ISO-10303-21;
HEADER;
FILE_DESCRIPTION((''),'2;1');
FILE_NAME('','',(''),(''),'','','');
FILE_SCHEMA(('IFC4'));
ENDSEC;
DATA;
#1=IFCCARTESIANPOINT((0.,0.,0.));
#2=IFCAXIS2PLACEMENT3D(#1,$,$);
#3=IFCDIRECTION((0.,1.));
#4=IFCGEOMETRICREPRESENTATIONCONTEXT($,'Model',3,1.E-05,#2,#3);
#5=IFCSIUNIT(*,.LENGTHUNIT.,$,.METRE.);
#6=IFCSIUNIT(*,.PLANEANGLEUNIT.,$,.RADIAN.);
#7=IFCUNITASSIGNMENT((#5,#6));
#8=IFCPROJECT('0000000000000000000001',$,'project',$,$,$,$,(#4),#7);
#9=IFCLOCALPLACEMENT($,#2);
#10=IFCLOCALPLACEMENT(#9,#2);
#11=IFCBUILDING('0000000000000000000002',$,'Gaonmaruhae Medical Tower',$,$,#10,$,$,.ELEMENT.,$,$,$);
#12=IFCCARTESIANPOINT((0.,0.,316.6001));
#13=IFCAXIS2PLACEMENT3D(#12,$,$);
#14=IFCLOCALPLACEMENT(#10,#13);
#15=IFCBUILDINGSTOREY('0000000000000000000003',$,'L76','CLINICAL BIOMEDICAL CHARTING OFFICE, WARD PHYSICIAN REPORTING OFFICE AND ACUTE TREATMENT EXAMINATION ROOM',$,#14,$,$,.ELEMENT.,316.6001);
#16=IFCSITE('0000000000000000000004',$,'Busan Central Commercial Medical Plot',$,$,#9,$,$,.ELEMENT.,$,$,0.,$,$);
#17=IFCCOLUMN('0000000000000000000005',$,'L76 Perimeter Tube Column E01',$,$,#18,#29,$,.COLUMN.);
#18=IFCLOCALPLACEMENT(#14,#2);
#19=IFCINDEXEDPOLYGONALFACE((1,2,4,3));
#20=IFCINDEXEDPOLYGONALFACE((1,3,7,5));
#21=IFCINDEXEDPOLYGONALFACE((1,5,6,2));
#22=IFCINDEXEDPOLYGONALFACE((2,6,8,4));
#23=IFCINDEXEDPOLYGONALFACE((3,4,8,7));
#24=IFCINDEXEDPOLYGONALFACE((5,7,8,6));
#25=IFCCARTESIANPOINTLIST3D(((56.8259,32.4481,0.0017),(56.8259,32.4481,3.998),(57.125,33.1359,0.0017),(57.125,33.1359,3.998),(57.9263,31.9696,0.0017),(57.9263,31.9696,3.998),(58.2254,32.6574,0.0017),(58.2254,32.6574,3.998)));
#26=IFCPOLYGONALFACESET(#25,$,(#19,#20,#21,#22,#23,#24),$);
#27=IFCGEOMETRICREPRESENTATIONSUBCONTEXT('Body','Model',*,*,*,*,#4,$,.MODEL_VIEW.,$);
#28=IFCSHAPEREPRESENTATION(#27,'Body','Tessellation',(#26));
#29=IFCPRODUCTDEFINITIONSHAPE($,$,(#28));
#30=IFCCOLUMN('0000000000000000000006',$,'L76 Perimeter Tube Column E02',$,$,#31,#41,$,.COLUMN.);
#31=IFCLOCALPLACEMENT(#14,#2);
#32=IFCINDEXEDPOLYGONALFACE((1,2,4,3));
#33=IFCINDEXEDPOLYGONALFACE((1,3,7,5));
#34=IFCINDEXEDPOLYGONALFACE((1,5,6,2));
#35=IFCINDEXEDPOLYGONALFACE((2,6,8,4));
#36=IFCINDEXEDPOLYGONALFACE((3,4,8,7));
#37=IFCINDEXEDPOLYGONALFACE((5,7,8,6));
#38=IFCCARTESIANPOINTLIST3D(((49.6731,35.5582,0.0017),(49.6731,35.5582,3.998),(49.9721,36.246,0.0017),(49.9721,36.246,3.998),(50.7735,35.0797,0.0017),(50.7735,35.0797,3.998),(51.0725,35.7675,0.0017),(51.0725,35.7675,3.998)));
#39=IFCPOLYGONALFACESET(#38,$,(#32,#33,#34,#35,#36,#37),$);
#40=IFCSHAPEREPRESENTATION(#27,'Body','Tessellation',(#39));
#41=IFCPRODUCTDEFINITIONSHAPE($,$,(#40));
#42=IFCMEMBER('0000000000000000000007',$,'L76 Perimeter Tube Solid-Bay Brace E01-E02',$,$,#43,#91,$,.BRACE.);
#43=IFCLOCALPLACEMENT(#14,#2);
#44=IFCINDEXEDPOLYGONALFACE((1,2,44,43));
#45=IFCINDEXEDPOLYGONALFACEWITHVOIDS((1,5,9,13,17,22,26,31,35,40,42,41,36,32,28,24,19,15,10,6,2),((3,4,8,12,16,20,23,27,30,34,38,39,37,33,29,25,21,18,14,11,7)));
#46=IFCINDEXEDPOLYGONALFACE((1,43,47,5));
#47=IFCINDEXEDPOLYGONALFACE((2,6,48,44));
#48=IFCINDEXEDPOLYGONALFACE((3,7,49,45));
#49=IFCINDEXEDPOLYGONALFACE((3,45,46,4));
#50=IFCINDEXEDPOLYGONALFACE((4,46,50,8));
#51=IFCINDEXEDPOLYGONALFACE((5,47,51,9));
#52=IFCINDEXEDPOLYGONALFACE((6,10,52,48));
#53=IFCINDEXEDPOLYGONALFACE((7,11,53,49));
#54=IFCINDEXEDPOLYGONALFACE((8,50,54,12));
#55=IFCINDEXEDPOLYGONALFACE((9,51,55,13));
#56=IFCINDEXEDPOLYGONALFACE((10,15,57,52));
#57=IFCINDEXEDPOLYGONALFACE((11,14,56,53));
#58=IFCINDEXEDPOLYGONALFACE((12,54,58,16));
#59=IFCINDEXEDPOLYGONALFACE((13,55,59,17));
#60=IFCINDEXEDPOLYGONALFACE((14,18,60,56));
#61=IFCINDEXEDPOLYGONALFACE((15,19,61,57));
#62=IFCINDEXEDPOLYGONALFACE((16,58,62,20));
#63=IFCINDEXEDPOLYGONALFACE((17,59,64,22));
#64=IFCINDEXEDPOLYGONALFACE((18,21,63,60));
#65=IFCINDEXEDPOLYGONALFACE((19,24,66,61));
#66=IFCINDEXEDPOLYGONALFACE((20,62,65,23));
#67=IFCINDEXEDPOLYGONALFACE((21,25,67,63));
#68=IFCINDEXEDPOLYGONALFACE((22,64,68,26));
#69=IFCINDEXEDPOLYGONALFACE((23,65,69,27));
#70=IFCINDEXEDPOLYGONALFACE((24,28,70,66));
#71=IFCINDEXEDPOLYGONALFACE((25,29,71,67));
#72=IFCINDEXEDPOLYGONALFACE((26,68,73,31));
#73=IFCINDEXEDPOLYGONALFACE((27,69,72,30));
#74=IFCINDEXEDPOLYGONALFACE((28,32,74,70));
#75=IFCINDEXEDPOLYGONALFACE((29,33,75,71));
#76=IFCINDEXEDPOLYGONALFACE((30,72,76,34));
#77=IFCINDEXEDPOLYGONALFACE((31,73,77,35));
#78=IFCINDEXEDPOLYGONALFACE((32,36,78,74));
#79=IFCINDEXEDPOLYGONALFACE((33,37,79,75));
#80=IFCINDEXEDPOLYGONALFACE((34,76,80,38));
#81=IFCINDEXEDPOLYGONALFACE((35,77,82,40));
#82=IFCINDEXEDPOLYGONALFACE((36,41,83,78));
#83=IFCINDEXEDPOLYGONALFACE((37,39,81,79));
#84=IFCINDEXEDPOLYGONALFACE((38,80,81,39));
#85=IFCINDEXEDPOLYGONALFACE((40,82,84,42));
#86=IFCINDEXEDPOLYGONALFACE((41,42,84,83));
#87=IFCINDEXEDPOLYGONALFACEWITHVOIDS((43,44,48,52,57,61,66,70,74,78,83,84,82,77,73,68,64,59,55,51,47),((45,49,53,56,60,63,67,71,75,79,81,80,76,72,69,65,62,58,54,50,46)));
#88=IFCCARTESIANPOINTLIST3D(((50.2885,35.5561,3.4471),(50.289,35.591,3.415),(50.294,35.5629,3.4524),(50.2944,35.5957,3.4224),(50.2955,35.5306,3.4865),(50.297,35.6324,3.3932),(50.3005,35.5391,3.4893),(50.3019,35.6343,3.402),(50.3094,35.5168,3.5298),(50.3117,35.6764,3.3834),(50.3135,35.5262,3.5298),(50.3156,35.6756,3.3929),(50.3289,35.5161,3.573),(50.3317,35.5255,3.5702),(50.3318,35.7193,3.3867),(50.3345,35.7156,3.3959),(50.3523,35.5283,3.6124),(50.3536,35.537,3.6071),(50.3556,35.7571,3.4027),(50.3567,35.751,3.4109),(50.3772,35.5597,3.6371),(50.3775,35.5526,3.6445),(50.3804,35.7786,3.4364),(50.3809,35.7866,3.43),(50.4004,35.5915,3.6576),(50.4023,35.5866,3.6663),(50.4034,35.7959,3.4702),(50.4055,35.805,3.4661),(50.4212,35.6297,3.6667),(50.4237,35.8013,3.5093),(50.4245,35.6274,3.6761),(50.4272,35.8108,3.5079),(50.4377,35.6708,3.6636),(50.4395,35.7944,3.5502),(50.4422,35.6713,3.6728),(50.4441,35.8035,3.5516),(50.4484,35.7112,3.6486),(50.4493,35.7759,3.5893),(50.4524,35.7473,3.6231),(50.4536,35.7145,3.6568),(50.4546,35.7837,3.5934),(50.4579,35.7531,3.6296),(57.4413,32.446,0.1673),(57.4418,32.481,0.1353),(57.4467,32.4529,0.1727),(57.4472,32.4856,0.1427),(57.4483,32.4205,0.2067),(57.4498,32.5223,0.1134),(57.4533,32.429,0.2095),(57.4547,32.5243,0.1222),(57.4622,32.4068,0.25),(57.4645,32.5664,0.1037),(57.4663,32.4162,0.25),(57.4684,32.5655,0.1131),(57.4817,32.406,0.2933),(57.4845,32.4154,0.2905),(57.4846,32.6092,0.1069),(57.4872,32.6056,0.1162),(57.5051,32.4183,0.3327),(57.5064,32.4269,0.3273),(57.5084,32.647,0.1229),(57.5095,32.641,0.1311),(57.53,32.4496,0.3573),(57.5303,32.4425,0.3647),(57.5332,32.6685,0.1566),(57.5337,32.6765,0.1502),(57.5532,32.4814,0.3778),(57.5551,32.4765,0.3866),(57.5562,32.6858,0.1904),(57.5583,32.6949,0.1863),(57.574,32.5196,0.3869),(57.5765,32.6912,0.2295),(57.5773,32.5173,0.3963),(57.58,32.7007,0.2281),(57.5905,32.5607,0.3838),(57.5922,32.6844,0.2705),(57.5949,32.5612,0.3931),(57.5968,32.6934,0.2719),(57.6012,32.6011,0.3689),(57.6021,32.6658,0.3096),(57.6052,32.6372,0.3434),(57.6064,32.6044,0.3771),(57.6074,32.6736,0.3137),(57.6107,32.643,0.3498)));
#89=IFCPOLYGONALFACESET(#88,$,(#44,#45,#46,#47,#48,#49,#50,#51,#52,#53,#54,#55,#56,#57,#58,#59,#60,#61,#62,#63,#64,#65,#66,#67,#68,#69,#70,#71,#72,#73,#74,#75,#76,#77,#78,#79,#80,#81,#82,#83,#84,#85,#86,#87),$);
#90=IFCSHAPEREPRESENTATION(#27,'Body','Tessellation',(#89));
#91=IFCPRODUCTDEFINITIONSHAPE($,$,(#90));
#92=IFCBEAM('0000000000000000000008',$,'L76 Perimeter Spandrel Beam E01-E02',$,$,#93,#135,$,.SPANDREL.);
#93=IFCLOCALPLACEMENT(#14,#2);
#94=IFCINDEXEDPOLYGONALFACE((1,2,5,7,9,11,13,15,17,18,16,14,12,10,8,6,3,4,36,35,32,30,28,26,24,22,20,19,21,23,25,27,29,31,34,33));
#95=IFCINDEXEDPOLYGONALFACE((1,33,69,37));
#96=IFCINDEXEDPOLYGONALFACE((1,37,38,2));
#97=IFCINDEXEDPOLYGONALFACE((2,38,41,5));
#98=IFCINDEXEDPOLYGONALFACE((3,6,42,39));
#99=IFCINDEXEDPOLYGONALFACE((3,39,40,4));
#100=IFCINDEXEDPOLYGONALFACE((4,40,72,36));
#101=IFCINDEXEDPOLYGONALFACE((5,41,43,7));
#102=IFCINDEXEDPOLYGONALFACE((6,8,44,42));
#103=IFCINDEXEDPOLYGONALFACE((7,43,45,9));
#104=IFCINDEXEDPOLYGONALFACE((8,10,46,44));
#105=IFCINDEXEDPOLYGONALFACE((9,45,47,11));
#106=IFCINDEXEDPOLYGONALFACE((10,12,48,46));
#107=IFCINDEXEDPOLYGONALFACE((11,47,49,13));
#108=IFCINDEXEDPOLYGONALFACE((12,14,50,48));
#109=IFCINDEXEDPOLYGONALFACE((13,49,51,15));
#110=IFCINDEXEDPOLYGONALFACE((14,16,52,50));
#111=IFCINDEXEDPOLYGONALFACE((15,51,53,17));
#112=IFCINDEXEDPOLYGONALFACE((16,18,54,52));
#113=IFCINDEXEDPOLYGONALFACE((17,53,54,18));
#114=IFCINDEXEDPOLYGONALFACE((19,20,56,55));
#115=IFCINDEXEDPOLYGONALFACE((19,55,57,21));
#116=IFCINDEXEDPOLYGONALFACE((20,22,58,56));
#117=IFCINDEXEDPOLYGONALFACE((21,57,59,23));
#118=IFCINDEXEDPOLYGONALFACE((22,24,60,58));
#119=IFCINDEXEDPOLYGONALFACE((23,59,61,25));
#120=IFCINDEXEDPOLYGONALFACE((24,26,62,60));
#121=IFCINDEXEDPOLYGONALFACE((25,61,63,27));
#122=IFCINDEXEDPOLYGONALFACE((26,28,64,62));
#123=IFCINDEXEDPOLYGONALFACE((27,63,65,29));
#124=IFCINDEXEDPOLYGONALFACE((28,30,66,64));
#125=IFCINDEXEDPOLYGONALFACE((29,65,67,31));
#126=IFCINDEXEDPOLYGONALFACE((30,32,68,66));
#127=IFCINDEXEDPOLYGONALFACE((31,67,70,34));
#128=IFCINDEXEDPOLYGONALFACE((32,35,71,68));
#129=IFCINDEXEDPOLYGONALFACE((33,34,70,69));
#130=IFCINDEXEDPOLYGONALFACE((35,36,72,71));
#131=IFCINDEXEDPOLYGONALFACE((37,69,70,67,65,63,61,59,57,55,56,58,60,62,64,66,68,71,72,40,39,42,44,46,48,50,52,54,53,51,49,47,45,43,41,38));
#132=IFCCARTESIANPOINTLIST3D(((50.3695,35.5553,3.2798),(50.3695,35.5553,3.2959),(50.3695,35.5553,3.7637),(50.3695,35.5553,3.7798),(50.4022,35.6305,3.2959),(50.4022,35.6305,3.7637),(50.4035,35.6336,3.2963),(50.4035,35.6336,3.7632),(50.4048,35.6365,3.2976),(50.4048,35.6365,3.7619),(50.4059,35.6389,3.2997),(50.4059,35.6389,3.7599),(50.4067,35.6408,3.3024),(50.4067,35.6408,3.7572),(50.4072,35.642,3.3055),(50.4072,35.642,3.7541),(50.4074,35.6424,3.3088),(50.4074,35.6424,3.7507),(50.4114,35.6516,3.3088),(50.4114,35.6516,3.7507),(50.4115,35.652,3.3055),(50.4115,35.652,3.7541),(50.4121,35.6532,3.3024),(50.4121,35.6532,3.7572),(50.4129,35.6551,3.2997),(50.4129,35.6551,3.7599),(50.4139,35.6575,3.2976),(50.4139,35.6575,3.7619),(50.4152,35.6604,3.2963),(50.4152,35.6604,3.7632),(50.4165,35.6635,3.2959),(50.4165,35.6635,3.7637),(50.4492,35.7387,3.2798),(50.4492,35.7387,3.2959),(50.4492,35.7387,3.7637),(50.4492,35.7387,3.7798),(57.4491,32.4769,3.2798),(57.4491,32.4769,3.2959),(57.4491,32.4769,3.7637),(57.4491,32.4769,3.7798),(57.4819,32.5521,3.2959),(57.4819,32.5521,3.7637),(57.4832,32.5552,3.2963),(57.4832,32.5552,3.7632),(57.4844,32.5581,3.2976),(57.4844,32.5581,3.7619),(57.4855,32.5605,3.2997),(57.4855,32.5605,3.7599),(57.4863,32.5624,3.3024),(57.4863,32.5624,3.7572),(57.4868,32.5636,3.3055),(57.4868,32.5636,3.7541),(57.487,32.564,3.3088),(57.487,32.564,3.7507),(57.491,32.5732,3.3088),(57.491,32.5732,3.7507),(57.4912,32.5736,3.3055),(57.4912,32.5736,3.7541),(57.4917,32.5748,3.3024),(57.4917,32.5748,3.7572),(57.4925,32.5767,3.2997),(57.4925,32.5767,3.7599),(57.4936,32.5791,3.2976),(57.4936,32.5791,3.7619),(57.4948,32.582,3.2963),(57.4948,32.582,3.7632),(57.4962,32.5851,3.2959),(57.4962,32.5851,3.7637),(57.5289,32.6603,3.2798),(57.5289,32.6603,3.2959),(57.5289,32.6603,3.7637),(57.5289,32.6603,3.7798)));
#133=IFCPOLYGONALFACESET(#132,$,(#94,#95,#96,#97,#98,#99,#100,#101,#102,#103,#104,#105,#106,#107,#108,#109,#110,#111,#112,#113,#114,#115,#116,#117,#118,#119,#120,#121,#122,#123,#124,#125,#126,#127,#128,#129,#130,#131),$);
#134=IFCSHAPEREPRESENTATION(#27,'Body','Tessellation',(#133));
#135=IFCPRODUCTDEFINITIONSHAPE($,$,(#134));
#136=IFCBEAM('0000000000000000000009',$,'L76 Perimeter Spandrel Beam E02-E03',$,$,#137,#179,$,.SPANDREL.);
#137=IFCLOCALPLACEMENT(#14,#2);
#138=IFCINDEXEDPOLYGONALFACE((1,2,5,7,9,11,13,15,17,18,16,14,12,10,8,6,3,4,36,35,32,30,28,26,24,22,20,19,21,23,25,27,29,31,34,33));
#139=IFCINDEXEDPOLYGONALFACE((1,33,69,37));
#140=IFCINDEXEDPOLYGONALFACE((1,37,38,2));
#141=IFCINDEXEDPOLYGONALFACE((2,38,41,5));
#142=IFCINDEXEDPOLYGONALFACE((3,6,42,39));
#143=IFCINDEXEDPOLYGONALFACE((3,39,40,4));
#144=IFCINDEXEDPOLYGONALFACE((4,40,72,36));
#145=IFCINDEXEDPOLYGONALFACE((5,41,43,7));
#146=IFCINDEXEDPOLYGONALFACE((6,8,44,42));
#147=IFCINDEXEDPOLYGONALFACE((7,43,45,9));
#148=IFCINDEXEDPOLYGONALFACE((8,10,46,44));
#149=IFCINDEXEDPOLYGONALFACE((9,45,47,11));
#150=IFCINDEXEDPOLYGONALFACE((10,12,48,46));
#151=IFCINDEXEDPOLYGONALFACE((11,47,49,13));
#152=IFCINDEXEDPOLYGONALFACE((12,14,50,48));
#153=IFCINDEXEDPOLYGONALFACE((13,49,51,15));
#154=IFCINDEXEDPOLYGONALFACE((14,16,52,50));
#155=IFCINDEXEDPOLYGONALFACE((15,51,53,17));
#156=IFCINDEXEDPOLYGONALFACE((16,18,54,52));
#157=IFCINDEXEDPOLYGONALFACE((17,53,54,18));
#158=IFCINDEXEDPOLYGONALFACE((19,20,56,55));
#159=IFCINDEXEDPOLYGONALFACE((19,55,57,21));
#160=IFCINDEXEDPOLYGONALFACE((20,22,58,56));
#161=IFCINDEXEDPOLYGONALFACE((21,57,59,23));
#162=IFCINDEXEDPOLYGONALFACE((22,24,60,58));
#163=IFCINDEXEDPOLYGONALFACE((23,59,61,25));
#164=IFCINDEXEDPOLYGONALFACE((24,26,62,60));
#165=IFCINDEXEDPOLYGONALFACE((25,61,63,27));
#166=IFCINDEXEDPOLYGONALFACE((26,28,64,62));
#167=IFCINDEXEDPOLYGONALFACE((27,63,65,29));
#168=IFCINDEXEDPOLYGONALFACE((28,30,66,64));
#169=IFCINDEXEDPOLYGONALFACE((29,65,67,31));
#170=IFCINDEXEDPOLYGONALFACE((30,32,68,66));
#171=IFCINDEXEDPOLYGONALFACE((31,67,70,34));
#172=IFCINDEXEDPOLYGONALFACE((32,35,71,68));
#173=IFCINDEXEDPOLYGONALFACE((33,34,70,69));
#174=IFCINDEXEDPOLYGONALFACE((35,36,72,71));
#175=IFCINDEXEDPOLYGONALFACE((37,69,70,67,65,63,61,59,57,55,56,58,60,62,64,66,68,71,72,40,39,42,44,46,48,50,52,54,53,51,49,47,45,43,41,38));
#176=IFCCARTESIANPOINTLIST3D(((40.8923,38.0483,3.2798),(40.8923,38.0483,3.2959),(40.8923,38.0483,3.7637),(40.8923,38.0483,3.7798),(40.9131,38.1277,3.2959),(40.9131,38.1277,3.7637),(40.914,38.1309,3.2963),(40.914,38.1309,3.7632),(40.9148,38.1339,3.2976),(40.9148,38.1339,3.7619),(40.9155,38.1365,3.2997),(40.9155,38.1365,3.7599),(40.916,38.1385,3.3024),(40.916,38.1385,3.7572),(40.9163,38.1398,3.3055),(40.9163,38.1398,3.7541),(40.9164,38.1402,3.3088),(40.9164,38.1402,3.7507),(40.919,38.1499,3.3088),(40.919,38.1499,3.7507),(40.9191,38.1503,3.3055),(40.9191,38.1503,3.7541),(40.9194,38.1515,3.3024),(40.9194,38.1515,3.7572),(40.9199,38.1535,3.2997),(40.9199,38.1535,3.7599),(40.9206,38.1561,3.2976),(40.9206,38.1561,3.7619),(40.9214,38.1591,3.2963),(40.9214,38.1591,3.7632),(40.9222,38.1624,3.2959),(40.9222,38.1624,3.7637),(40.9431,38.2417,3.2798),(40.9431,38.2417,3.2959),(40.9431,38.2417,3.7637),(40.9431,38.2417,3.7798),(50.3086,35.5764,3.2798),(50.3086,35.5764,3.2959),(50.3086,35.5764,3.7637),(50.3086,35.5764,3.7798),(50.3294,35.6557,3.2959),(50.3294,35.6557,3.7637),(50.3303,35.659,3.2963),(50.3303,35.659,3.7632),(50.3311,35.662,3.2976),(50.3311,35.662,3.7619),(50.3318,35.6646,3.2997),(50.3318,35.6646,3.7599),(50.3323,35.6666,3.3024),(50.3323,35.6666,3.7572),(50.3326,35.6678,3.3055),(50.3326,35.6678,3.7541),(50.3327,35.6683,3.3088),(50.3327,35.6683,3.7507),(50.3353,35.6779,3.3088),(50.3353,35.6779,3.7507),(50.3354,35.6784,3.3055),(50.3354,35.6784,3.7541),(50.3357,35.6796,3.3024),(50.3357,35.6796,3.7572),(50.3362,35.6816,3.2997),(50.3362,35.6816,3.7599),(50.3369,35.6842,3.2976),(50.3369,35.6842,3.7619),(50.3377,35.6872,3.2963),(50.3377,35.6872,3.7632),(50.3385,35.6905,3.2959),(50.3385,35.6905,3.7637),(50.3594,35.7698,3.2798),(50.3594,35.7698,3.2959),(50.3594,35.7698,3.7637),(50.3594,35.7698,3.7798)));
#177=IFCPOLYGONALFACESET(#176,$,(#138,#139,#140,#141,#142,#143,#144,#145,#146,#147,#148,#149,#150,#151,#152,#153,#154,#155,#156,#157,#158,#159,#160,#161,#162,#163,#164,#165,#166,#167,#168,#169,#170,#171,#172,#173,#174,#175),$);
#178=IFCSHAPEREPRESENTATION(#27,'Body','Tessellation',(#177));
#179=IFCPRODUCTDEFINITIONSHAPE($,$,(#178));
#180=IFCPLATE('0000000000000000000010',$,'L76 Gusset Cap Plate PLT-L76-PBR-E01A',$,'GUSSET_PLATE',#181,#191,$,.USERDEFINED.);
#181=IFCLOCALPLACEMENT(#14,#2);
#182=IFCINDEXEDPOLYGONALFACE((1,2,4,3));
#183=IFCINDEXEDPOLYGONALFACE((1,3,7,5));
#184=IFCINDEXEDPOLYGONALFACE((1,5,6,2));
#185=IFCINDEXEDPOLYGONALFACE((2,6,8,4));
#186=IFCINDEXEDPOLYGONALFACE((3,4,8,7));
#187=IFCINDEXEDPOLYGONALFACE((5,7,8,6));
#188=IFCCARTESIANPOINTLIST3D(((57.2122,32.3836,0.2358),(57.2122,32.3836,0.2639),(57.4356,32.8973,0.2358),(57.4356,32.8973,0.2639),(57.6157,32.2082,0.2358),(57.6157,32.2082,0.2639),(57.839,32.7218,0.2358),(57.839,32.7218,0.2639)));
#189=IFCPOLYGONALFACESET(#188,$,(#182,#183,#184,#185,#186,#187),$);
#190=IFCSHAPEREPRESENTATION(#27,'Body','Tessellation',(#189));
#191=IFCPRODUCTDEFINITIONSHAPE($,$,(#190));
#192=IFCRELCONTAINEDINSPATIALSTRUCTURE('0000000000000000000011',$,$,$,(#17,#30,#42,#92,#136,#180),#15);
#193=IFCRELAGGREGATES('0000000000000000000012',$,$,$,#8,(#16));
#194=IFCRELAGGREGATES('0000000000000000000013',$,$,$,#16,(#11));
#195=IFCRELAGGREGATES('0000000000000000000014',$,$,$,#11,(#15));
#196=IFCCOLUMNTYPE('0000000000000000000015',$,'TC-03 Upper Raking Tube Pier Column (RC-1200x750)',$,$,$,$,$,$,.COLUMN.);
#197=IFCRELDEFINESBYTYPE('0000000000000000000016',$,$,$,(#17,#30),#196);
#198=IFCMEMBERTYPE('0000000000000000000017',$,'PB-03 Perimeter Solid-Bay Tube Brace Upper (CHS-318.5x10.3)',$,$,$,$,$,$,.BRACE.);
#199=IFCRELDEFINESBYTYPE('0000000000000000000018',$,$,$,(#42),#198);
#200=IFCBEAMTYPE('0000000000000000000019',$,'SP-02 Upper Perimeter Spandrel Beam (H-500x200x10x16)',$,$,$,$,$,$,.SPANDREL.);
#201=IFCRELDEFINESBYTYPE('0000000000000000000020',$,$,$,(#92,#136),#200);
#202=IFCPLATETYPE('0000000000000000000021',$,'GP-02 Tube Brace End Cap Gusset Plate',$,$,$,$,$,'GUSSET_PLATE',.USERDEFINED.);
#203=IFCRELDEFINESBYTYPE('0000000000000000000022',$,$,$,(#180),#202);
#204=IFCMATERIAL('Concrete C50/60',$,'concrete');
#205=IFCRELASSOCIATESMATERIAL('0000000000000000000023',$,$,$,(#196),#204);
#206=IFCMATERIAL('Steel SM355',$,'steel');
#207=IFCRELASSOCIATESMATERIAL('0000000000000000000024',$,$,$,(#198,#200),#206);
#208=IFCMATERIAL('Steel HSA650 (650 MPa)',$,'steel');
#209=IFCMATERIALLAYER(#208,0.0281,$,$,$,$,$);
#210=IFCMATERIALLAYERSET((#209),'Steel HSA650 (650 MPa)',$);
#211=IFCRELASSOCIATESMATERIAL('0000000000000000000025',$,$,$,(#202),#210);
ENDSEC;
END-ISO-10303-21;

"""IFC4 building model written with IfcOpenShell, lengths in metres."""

from ifc_helpers import new_model, si_unit, direction, frame, origin, origin_2d, place, context, subcontext, project, spatial, rectangle, hollow_circle, i_section, extrude, material, layer, layer_set, material_profile, profile_set, type_object, element, save


model = new_model("IFC4")

# Units and contexts
model_context = context("Model", 3, precision=1e-05, world=origin(), true_north=direction((0.0, 1.0)))
body_context = subcontext(model_context, "Body", "Model", "MODEL_VIEW")
ifc_project = project(units=[si_unit("LENGTHUNIT", "METRE"), si_unit("PLANEANGLEUNIT", "RADIAN")], contexts=[model_context])

# Site, building, storey
site_placement = place(None, origin())
site = spatial("IfcSite", under=ifc_project, at=site_placement, Name="Busan Central Commercial Medical Plot", CompositionType="ELEMENT", RefElevation=0.0)
building_placement = place(site_placement, origin())
building = spatial("IfcBuilding", under=site, at=building_placement, Name="Gaonmaruhae Medical Tower", CompositionType="ELEMENT")
storey_placement = place(building_placement, frame((0.0, 0.0, 316.6001)))
storey = spatial("IfcBuildingStorey", under=building, at=storey_placement, Name="L76", Description="CLINICAL BIOMEDICAL CHARTING OFFICE, WARD PHYSICIAN REPORTING OFFICE AND ACUTE TREATMENT EXAMINATION ROOM", CompositionType="ELEMENT", Elevation=316.6001)

# Columns
ifc_material_1 = material(Name="Concrete C50/60", Category="concrete")
ifc_material_profile_1 = material_profile(ifc_material_1, rectangle(XDim=1.2, YDim=0.75, at=origin_2d()), Name="RC-1200x750")
ifc_profile_set_1 = profile_set([ifc_material_profile_1], Name="Concrete C50/60")
column_type = type_object("IfcColumnType", Name="TC-03 Upper Raking Tube Pier Column (RC-1200x750)", PredefinedType="COLUMN", material=ifc_profile_set_1)
for number, where, z_axis, x_axis, name in (
    (1, (57.5256, 32.5527, 0.0017), (0.0, 0.0, 1.0), (-0.91706, 0.398749, 0.0), "L76 Perimeter Tube Column E01"),
    (2, (50.3728, 35.6628, 0.0017), (0.0, 0.0, 1.0), (-0.91706, 0.398749, 0.0), "L76 Perimeter Tube Column E02"),
):
    element("IfcColumn", number, at=place(storey_placement, frame(where, z_axis=z_axis, x_axis=x_axis)), inside=storey, type_object=column_type, Name=name, PredefinedType="COLUMN", context=body_context, shape_type="SweptSolid", body=[
        extrude(rectangle(XDim=1.2, YDim=0.75, at=origin_2d()), origin(), (0.0, 0.0, 1.0), 3.9963),
    ])

# Member
ifc_material_2 = material(Name="Steel SM355", Category="steel")
ifc_material_profile_2 = material_profile(ifc_material_2, hollow_circle(Radius=0.1592, WallThickness=0.0103, at=origin_2d()), Name="CHS-318.5x10.3")
ifc_profile_set_2 = profile_set([ifc_material_profile_2], Name="Steel SM355")
member_type = type_object("IfcMemberType", Name="PB-03 Perimeter Solid-Bay Tube Brace Upper (CHS-318.5x10.3)", PredefinedType="BRACE", material=ifc_profile_set_2)
member_placement = place(storey_placement, frame((57.5256, 32.5527, 0.25), z_axis=(-0.845363, 0.367571, 0.387624), x_axis=(-0.398746, -0.917062, 0.0)))
element("IfcMember", 3, at=member_placement, inside=storey, type_object=member_type, Name="L76 Perimeter Tube Solid-Bay Brace E01-E02", PredefinedType="BRACE", context=body_context, shape_type="SweptSolid", body=[
    extrude(hollow_circle(Radius=0.1592, WallThickness=0.0103, at=origin_2d()), origin(), (0.0, 0.0, 1.0), 8.4612),
])

# Beams
ifc_material_profile_3 = material_profile(ifc_material_2, i_section(OverallWidth=0.2, OverallDepth=0.5, WebThickness=0.01, FlangeThickness=0.0161, FilletRadius=0.0129, at=origin_2d()), Name="H-500x200x10x16")
ifc_profile_set_3 = profile_set([ifc_material_profile_3], Name="Steel SM355")
beam_type = type_object("IfcBeamType", Name="SP-02 Upper Perimeter Spandrel Beam (H-500x200x10x16)", PredefinedType="SPANDREL", material=ifc_profile_set_3)
beam_1_placement = place(storey_placement, frame((57.489, 32.5686, 3.5298), z_axis=(-0.917056, 0.398757, 0.0), x_axis=(-0.398757, -0.917056, 0.0)))
element("IfcBeam", 4, at=beam_1_placement, inside=storey, type_object=beam_type, Name="L76 Perimeter Spandrel Beam E01-E02", PredefinedType="SPANDREL", context=body_context, shape_type="SweptSolid", body=[
    extrude(i_section(OverallWidth=0.2, OverallDepth=0.5, WebThickness=0.01, FlangeThickness=0.0161, FilletRadius=0.0129, at=origin_2d()), origin(), (0.0, 0.0, 1.0), 7.72),
])
beam_2_placement = place(storey_placement, frame((50.334, 35.6731, 3.5298), z_axis=(-0.967227, 0.253913, 0.0), x_axis=(-0.253913, -0.967227, 0.0)))
element("IfcBeam", 5, at=beam_2_placement, inside=storey, type_object=beam_type, Name="L76 Perimeter Spandrel Beam E02-E03", PredefinedType="SPANDREL", context=body_context, shape_type="SweptSolid", body=[
    extrude(i_section(OverallWidth=0.2, OverallDepth=0.5, WebThickness=0.01, FlangeThickness=0.0161, FilletRadius=0.0129, at=origin_2d()), origin(), (0.0, 0.0, 1.0), 9.7354),
])

# Plate
ifc_material_3 = material(Name="Steel HSA650 (650 MPa)", Category="steel")
ifc_layer_1 = layer(ifc_material_3, 0.0281)
ifc_layer_set_1 = layer_set([ifc_layer_1], Name="Steel HSA650 (650 MPa)")
plate_type = type_object("IfcPlateType", Name="GP-02 Tube Brace End Cap Gusset Plate", ElementType="GUSSET_PLATE", PredefinedType="USERDEFINED", material=ifc_layer_set_1)
for number, where, z_axis, x_axis, name in (
    (6, (57.5256, 32.5527, 0.2358), (0.0, 0.0, 1.0), (0.398749, 0.91706, 0.0), "L76 Gusset Cap Plate PLT-L76-PBR-E01A"),
):
    element("IfcPlate", number, at=place(storey_placement, frame(where, z_axis=z_axis, x_axis=x_axis)), inside=storey, type_object=plate_type, Name=name, ObjectType="GUSSET_PLATE", PredefinedType="USERDEFINED", context=body_context, shape_type="SweptSolid", body=[
        extrude(rectangle(XDim=0.5601, YDim=0.4399, at=origin_2d()), origin(), (0.0, 0.0, 1.0), 0.0281),
    ])

save(model, "model.ifc")
